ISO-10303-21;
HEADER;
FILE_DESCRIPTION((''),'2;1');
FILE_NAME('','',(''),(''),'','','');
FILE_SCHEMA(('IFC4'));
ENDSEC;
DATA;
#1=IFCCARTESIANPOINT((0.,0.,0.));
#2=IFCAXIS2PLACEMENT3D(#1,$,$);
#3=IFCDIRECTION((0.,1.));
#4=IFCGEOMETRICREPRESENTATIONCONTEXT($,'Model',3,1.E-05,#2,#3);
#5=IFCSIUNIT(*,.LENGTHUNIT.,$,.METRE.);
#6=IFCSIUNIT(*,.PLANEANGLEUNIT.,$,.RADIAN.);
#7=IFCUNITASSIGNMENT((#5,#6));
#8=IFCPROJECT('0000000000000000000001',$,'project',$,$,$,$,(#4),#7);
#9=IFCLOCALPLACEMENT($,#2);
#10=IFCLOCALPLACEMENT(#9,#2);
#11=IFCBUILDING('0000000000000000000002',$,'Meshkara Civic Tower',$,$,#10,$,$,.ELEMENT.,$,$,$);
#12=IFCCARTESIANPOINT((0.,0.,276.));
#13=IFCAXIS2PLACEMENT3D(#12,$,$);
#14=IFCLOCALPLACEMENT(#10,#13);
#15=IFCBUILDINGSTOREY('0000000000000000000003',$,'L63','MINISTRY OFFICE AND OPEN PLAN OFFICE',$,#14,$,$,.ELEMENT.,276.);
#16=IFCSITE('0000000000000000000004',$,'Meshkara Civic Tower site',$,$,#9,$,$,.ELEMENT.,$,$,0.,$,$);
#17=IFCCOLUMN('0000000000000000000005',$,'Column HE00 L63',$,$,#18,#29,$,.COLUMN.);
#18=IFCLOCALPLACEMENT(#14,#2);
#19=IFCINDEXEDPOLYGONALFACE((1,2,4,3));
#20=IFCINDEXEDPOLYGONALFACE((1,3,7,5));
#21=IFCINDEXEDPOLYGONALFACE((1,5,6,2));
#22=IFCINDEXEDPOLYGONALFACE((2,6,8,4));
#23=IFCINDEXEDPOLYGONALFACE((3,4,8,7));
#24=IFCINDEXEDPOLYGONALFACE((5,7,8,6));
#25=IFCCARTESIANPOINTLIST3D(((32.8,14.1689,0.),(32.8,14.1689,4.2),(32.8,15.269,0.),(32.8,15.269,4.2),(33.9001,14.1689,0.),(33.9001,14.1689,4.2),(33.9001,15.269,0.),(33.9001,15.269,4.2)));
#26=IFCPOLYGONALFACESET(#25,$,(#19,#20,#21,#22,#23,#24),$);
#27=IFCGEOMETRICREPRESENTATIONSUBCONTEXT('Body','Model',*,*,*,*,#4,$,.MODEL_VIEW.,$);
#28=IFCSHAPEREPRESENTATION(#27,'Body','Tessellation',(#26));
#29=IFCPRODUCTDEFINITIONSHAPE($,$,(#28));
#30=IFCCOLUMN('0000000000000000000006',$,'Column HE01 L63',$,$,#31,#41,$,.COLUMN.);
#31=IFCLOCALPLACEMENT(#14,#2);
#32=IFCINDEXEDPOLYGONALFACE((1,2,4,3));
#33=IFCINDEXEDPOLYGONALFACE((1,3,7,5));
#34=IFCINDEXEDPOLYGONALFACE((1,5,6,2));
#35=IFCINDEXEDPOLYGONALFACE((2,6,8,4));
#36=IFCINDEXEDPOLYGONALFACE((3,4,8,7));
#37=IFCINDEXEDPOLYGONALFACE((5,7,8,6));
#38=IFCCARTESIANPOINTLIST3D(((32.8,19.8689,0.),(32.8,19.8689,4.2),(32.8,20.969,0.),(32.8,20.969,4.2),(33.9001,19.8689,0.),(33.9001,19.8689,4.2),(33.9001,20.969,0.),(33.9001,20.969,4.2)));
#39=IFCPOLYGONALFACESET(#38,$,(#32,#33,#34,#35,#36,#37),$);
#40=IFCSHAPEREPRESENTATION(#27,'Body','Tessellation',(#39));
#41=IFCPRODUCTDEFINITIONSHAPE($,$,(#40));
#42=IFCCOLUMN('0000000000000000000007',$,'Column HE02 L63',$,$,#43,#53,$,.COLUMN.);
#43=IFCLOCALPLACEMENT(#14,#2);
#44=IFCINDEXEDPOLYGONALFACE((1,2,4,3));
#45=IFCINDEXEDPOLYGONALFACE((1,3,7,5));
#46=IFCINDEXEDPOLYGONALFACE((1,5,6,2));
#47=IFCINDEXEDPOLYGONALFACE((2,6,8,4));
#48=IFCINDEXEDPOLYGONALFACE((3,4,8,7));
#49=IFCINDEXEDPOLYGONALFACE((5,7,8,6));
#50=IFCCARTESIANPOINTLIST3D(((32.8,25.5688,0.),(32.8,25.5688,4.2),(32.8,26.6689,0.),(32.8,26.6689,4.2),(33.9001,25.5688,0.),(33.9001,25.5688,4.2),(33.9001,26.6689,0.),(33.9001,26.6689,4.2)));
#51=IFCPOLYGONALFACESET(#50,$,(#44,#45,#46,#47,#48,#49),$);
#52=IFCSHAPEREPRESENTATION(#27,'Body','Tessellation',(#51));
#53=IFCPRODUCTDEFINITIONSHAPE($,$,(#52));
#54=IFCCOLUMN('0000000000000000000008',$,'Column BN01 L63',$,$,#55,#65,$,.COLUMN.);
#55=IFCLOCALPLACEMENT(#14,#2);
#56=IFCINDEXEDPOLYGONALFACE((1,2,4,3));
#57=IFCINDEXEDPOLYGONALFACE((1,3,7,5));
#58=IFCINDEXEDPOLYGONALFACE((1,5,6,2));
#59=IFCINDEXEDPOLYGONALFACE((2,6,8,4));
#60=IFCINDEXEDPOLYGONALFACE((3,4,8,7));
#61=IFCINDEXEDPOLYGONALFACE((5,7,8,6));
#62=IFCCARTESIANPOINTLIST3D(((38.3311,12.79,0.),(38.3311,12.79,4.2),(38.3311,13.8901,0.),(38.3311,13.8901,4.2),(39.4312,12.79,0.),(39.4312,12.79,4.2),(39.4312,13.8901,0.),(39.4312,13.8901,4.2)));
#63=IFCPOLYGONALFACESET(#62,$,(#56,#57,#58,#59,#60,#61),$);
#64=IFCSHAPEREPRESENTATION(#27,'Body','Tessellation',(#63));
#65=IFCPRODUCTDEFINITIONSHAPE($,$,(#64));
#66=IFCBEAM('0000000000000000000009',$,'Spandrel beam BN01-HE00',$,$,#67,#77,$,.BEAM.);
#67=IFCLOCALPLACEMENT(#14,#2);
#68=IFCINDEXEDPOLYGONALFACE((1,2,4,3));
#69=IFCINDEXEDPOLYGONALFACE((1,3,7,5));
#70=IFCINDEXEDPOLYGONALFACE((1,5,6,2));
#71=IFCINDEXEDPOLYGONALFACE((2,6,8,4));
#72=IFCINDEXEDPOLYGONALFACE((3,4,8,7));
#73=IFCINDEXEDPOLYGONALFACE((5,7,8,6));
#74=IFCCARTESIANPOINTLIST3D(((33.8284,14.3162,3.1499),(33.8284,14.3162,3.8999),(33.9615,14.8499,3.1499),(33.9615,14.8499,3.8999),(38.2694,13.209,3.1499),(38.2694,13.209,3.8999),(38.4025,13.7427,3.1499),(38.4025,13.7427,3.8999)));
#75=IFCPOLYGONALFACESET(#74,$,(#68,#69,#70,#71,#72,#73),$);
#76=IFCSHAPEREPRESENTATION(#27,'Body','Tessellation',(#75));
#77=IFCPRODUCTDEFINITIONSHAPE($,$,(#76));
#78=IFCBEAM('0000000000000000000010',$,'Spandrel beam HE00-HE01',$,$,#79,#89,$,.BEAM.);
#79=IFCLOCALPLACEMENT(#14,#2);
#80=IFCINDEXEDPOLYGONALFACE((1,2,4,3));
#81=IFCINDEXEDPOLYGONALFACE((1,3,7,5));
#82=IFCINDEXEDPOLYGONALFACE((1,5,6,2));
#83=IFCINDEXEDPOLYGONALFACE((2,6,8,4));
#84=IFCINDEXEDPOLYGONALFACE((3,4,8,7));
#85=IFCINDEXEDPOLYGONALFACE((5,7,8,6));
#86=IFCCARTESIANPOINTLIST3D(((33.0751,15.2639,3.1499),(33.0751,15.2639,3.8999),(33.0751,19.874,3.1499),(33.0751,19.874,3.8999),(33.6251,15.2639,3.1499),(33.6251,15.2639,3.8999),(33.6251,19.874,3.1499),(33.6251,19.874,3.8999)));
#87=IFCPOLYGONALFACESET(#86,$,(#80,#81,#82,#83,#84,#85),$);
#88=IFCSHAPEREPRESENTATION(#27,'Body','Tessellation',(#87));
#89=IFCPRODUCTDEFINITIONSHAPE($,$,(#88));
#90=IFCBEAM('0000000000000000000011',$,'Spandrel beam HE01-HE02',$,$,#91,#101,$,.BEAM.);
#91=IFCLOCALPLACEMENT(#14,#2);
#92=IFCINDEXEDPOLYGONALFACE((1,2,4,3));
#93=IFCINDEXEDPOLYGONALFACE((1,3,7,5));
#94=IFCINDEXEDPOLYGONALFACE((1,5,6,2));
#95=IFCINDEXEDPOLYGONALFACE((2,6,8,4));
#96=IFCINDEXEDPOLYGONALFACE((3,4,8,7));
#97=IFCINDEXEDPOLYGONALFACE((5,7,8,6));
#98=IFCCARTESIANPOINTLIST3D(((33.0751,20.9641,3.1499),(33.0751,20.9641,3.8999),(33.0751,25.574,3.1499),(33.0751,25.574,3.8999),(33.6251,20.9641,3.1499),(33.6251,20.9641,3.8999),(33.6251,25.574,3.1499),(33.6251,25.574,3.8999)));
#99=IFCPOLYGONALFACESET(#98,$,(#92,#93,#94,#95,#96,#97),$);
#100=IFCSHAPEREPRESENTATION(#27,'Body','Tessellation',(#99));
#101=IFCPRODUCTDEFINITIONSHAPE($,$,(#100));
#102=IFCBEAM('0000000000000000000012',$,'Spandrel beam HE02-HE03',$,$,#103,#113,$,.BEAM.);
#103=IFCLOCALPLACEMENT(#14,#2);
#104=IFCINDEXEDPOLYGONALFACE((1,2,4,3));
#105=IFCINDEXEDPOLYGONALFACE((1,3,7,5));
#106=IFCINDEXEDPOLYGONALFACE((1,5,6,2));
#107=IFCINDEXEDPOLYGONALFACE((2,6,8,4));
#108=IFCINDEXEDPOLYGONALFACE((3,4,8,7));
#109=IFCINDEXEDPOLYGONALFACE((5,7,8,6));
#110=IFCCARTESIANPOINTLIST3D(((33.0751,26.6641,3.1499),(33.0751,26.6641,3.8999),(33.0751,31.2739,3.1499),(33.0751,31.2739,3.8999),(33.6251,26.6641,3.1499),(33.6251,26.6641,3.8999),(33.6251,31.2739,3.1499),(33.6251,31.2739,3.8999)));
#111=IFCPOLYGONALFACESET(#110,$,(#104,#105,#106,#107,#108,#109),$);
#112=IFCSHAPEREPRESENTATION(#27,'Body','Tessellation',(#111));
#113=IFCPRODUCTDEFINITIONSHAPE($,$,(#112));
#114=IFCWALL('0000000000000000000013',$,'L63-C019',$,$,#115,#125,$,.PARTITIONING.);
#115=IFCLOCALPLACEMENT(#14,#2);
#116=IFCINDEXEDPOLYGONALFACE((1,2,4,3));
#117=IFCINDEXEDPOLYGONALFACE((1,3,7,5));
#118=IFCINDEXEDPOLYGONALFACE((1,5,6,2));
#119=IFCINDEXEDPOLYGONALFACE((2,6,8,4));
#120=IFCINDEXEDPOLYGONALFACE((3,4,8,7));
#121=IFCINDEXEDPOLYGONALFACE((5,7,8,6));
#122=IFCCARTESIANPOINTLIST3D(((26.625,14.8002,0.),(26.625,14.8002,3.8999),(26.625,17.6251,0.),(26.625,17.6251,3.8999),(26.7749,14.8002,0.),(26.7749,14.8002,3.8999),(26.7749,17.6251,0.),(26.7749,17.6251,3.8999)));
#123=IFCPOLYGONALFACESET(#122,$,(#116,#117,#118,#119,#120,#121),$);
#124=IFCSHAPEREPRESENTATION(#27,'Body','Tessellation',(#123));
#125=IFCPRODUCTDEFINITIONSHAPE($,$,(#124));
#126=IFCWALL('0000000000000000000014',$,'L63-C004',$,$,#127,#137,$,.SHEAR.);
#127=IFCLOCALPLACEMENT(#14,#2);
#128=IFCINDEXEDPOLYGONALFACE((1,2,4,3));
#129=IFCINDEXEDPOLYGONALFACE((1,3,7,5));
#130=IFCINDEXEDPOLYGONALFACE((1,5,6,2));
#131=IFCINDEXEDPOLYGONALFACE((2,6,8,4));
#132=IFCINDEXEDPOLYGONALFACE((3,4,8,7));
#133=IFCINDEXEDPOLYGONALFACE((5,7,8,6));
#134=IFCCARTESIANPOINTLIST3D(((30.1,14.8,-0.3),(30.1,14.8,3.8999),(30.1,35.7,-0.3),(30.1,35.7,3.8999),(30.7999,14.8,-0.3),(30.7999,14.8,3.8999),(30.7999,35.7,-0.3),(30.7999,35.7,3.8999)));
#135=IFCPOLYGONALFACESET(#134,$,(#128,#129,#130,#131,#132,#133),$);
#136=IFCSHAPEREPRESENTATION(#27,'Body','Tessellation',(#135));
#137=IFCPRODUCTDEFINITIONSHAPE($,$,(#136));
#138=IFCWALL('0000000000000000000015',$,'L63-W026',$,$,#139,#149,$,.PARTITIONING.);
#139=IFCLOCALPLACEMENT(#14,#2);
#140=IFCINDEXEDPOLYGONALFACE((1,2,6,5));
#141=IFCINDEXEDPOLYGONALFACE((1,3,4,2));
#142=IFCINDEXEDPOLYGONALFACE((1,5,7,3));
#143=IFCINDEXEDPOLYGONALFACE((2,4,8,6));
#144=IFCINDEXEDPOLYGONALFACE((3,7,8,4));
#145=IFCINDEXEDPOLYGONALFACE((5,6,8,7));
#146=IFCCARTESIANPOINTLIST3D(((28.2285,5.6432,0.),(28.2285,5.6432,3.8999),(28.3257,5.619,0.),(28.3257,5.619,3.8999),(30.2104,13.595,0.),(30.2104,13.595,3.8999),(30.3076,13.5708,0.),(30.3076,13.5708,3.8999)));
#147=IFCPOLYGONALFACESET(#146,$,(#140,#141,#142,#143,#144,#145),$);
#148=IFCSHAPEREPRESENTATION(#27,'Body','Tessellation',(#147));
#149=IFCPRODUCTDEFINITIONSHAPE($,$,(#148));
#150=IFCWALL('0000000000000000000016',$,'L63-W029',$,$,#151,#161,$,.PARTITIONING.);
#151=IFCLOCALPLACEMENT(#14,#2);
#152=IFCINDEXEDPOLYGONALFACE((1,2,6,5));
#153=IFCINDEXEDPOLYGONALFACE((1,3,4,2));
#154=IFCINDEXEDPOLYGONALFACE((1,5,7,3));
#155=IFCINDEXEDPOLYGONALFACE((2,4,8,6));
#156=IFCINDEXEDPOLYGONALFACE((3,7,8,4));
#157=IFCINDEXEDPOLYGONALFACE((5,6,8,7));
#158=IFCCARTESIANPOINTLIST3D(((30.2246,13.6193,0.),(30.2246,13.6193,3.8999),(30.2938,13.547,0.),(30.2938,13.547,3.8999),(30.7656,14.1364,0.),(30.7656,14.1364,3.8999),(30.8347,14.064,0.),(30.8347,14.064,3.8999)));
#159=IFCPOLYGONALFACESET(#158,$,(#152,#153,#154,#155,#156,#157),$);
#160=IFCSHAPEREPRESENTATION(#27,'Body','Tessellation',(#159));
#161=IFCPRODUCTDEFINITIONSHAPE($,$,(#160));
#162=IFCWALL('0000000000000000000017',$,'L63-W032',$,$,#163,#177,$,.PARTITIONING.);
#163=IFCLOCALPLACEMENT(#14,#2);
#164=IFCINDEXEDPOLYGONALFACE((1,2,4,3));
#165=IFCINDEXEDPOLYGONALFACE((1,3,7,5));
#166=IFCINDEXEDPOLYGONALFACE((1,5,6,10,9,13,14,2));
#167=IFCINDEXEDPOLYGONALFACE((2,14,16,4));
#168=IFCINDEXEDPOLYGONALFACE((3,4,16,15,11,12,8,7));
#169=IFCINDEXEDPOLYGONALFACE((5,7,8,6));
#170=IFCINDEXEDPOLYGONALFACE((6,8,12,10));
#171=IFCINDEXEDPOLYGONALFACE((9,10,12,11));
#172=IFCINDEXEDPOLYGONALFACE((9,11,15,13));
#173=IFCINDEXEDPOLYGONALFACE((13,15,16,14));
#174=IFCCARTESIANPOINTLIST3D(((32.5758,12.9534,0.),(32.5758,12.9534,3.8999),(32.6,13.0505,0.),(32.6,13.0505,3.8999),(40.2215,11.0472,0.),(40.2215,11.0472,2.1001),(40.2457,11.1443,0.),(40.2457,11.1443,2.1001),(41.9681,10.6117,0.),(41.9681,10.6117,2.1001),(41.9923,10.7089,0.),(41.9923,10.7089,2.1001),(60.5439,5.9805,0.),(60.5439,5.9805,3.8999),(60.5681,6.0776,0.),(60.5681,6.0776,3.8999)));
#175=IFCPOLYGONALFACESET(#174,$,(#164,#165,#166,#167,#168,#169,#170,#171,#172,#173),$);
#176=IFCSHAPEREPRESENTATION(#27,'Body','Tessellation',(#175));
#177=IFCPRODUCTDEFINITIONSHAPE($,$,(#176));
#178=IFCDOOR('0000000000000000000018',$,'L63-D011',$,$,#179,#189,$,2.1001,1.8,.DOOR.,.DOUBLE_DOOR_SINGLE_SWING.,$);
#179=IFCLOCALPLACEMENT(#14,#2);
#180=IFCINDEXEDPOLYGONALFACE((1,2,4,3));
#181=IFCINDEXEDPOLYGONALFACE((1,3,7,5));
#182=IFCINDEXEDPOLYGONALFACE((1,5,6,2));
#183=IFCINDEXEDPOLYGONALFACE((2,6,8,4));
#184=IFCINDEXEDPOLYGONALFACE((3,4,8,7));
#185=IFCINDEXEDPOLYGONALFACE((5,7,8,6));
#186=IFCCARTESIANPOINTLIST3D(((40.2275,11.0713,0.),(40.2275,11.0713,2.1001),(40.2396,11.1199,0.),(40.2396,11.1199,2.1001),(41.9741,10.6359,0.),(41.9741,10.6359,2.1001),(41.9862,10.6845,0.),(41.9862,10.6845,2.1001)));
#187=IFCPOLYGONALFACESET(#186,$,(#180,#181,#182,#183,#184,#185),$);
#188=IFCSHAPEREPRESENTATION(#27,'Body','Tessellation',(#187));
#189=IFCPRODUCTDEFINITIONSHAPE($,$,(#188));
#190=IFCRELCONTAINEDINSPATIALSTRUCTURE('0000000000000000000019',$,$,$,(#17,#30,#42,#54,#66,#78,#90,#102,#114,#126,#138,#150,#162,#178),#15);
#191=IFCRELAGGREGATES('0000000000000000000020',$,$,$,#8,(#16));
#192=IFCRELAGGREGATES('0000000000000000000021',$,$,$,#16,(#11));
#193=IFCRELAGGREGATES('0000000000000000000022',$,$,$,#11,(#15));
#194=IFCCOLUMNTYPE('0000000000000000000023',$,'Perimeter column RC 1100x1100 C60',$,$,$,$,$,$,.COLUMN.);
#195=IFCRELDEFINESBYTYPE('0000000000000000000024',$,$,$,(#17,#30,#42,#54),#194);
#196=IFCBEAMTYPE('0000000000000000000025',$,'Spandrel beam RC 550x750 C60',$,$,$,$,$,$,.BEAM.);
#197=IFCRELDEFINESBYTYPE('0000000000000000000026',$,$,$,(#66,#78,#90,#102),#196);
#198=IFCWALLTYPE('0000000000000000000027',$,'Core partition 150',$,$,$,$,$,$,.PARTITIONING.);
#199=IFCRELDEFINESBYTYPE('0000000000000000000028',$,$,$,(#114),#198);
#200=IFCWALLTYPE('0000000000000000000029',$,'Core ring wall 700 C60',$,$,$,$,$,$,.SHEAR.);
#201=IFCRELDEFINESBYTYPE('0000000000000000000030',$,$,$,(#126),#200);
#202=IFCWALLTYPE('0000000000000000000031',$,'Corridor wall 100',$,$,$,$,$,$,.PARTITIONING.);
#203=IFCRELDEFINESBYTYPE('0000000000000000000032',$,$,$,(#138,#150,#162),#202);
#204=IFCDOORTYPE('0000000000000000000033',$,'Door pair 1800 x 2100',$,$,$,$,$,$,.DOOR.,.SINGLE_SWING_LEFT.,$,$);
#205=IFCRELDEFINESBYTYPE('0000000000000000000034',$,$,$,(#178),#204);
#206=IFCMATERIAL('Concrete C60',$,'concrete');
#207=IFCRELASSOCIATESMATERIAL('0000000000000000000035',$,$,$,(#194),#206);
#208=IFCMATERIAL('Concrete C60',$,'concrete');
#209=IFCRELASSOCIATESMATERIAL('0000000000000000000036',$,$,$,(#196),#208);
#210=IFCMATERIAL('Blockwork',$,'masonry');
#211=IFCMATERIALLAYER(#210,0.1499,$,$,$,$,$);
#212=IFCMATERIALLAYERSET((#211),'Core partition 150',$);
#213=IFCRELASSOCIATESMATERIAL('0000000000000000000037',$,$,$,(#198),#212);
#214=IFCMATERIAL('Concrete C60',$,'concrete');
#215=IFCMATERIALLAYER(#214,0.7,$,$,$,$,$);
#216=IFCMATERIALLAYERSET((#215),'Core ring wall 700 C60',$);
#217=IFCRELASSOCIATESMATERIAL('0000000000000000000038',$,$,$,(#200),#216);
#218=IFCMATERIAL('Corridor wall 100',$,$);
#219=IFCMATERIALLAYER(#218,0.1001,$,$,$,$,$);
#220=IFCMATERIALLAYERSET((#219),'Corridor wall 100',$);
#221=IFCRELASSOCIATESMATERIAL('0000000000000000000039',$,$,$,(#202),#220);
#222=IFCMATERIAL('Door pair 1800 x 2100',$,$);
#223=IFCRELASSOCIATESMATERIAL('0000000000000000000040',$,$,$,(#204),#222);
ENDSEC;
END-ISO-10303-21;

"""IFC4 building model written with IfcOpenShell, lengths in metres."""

from ifc_helpers import new_model, si_unit, direction, frame, frame_2d, origin, origin_2d, place, context, subcontext, project, spatial, rectangle, extrude, material, layer, layer_set, material_profile, profile_set, type_object, element, fill, save


model = new_model("IFC4")

# Units and contexts
model_context = context("Model", 3, precision=1e-05, world=origin(), true_north=direction((0.0, 1.0)))
body_context = subcontext(model_context, "Body", "Model", "MODEL_VIEW")
ifc_project = project(units=[si_unit("LENGTHUNIT", "METRE"), si_unit("PLANEANGLEUNIT", "RADIAN")], contexts=[model_context])

# Site, building, storey
site_placement = place(None, origin())
site = spatial("IfcSite", under=ifc_project, at=site_placement, Name="Meshkara Civic Tower site", CompositionType="ELEMENT", RefElevation=0.0)
building_placement = place(site_placement, origin())
building = spatial("IfcBuilding", under=site, at=building_placement, Name="Meshkara Civic Tower", CompositionType="ELEMENT")
storey_placement = place(building_placement, frame((0.0, 0.0, 276.0)))
storey = spatial("IfcBuildingStorey", under=building, at=storey_placement, Name="L63", Description="MINISTRY OFFICE AND OPEN PLAN OFFICE", CompositionType="ELEMENT", Elevation=276.0)

# Columns
ifc_material_1 = material(Name="Concrete C60", Category="concrete")
ifc_material_profile_1 = material_profile(ifc_material_1, rectangle(XDim=1.1001, YDim=1.1001, at=origin_2d()))
ifc_profile_set_1 = profile_set([ifc_material_profile_1], Name="Concrete C60")
column_type = type_object("IfcColumnType", Name="Perimeter column RC 1100x1100 C60", PredefinedType="COLUMN", material=ifc_profile_set_1)
for number, where, z_axis, x_axis, name in (
    (1, (33.3501, 14.719, 0.0), (0.0, 0.0, 1.0), (1.0, 0.0, 0.0), "Column HE00 L63"),
    (2, (33.3501, 20.4189, 0.0), (0.0, 0.0, 1.0), (1.0, 0.0, 0.0), "Column HE01 L63"),
    (3, (33.3501, 26.1189, 0.0), (0.0, 0.0, 1.0), (1.0, 0.0, 0.0), "Column HE02 L63"),
    (4, (38.8811, 13.3401, 0.0), (0.0, 0.0, 1.0), (1.0, 0.0, 0.0), "Column BN01 L63"),
):
    element("IfcColumn", number, at=place(storey_placement, frame(where, z_axis=z_axis, x_axis=x_axis)), inside=storey, type_object=column_type, Name=name, PredefinedType="COLUMN", context=body_context, shape_type="SweptSolid", body=[
        extrude(rectangle(XDim=1.1001, YDim=1.1001, at=origin_2d()), origin(), (0.0, 0.0, 1.0), 4.2),
    ])

# Beams
ifc_material_2 = material(Name="Concrete C60", Category="concrete")
ifc_material_profile_2 = material_profile(ifc_material_2, rectangle(XDim=0.55, YDim=0.75, at=origin_2d()))
ifc_profile_set_2 = profile_set([ifc_material_profile_2], Name="Concrete C60")
beam_type = type_object("IfcBeamType", Name="Spandrel beam RC 550x750 C60", PredefinedType="BEAM", material=ifc_profile_set_2)
beam_1_placement = place(storey_placement, frame((38.3359, 13.4758, 3.5249), z_axis=(-0.970299, 0.241908, 0.0), x_axis=(-0.241908, -0.970299, 0.0)))
element("IfcBeam", 5, at=beam_1_placement, inside=storey, type_object=beam_type, Name="Spandrel beam BN01-HE00", PredefinedType="BEAM", context=body_context, shape_type="SweptSolid", body=[
    extrude(rectangle(XDim=0.55, YDim=0.75, at=origin_2d()), origin(), (0.0, 0.0, 1.0), 4.5769),
])
beam_2_placement = place(storey_placement, frame((33.3501, 15.2639, 3.5249), z_axis=(0.0, 1.0, 0.0), x_axis=(-1.0, 0.0, 0.0)))
element("IfcBeam", 6, at=beam_2_placement, inside=storey, type_object=beam_type, Name="Spandrel beam HE00-HE01", PredefinedType="BEAM", context=body_context, shape_type="SweptSolid", body=[
    extrude(rectangle(XDim=0.55, YDim=0.75, at=origin_2d()), origin(), (0.0, 0.0, 1.0), 4.6101),
])
for number, where, z_axis, x_axis, name in (
    (7, (33.3501, 20.9641, 3.5249), (0.0, 1.0, 0.0), (-1.0, 0.0, 0.0), "Spandrel beam HE01-HE02"),
    (8, (33.3501, 26.6641, 3.5249), (0.0, 1.0, 0.0), (-1.0, 0.0, 0.0), "Spandrel beam HE02-HE03"),
):
    element("IfcBeam", number, at=place(storey_placement, frame(where, z_axis=z_axis, x_axis=x_axis)), inside=storey, type_object=beam_type, Name=name, PredefinedType="BEAM", context=body_context, shape_type="SweptSolid", body=[
        extrude(rectangle(XDim=0.55, YDim=0.75, at=origin_2d()), origin(), (0.0, 0.0, 1.0), 4.6099),
    ])

# Walls
ifc_material_3 = material(Name="Blockwork", Category="masonry")
ifc_layer_1 = layer(ifc_material_3, 0.1499)
ifc_layer_set_1 = layer_set([ifc_layer_1], Name="Core partition 150")
wall_type_1 = type_object("IfcWallType", Name="Core partition 150", PredefinedType="PARTITIONING", material=ifc_layer_set_1)
wall_1_placement = place(storey_placement, frame((26.7, 14.8, 0.0), z_axis=(0.0, 0.0, 1.0), x_axis=(0.0, 1.0, 0.0)))
element("IfcWall", 9, at=wall_1_placement, inside=storey, type_object=wall_type_1, Name="L63-C019", PredefinedType="PARTITIONING", context=body_context, shape_type="SweptSolid", body=[
    extrude(rectangle(XDim=2.825, YDim=0.1499, at=frame_2d((1.4126, 0.0))), origin(), (0.0, 0.0, 1.0), 3.8999),
])
ifc_material_4 = material(Name="Concrete C60", Category="concrete")
ifc_layer_2 = layer(ifc_material_4, 0.7)
ifc_layer_set_2 = layer_set([ifc_layer_2], Name="Core ring wall 700 C60")
wall_type_2 = type_object("IfcWallType", Name="Core ring wall 700 C60", PredefinedType="SHEAR", material=ifc_layer_set_2)
wall_2_placement = place(storey_placement, frame((30.45, 14.8, -0.3), z_axis=(0.0, 0.0, 1.0), x_axis=(0.0, 1.0, 0.0)))
element("IfcWall", 10, at=wall_2_placement, inside=storey, type_object=wall_type_2, Name="L63-C004", PredefinedType="SHEAR", context=body_context, shape_type="SweptSolid", body=[
    extrude(rectangle(XDim=20.8999, YDim=0.7, at=frame_2d((10.45, 0.0))), origin(), (0.0, 0.0, 1.0), 4.2),
])
ifc_material_5 = material(Name="Corridor wall 100")
ifc_layer_3 = layer(ifc_material_5, 0.1001)
ifc_layer_set_3 = layer_set([ifc_layer_3], Name="Corridor wall 100")
wall_type_3 = type_object("IfcWallType", Name="Corridor wall 100", PredefinedType="PARTITIONING", material=ifc_layer_set_3)
wall_3_placement = place(storey_placement, frame((30.259, 13.583, 0.0), z_axis=(0.0, 0.0, 1.0), x_axis=(-0.241842, -0.970316, 0.0)))
element("IfcWall", 11, at=wall_3_placement, inside=storey, type_object=wall_type_3, Name="L63-W026", PredefinedType="PARTITIONING", context=body_context, shape_type="SweptSolid", body=[
    extrude(rectangle(XDim=8.1951, YDim=0.1001, at=frame_2d((4.0977, 0.0))), origin(), (0.0, 0.0, 1.0), 3.8999),
])
wall_4_placement = place(storey_placement, frame((30.8, 14.1001, 0.0), z_axis=(0.0, 0.0, 1.0), x_axis=(-0.722911, -0.690941, 0.0)))
element("IfcWall", 12, at=wall_4_placement, inside=storey, type_object=wall_type_3, Name="L63-W029", PredefinedType="PARTITIONING", context=body_context, shape_type="SweptSolid", body=[
    extrude(rectangle(XDim=0.7483, YDim=0.1001, at=frame_2d((0.374, 0.0))), origin(), (0.0, 0.0, 1.0), 3.8999),
])

# Wall, opening, door
wall_5_placement = place(storey_placement, frame((32.5879, 13.002, 0.0), z_axis=(0.0, 0.0, 1.0), x_axis=(0.970298, -0.241912, 0.0)))
wall_5 = element("IfcWall", 13, at=wall_5_placement, inside=storey, type_object=wall_type_3, Name="L63-W032", PredefinedType="PARTITIONING", context=body_context, shape_type="SweptSolid", body=[
    extrude(rectangle(XDim=28.8242, YDim=0.1001, at=frame_2d((14.4121, 0.0))), origin(), (0.0, 0.0, 1.0), 3.8999),
])
opening_1_placement = place(wall_5_placement, frame((7.8799, 0.0, 0.0)))
opening_1 = element("IfcOpeningElement", 14, at=opening_1_placement, cuts=wall_5, PredefinedType="OPENING", context=body_context, shape_type="SweptSolid", body=[
    extrude(rectangle(XDim=1.8, YDim=2.1001, at=frame_2d((0.8999, 1.05))), frame((0.0, 0.0601, 0.0), z_axis=(0.0, -1.0, 0.0), x_axis=(1.0, 0.0, 0.0)), (0.0, 0.0, 1.0), 0.1201),
])
ifc_material_6 = material(Name="Door pair 1800 x 2100")
door_type_1 = type_object("IfcDoorType", Name="Door pair 1800 x 2100", OperationType="SINGLE_SWING_LEFT", PredefinedType="DOOR", material=ifc_material_6)
door_1_placement = place(opening_1_placement, origin())
door_1 = element("IfcDoor", 15, at=door_1_placement, inside=storey, type_object=door_type_1, Name="L63-D011", OperationType="DOUBLE_DOOR_SINGLE_SWING", OverallHeight=2.1001, OverallWidth=1.8, PredefinedType="DOOR", context=body_context, shape_type="SweptSolid", body=[
    extrude(rectangle(XDim=1.8, YDim=2.1001, at=frame_2d((0.8999, 1.05))), frame((0.0, 0.0249, 0.0), z_axis=(0.0, -1.0, 0.0), x_axis=(1.0, 0.0, 0.0)), (0.0, 0.0, 1.0), 0.05),
])
fill(opening_1, door_1)

save(model, "model.ifc")
